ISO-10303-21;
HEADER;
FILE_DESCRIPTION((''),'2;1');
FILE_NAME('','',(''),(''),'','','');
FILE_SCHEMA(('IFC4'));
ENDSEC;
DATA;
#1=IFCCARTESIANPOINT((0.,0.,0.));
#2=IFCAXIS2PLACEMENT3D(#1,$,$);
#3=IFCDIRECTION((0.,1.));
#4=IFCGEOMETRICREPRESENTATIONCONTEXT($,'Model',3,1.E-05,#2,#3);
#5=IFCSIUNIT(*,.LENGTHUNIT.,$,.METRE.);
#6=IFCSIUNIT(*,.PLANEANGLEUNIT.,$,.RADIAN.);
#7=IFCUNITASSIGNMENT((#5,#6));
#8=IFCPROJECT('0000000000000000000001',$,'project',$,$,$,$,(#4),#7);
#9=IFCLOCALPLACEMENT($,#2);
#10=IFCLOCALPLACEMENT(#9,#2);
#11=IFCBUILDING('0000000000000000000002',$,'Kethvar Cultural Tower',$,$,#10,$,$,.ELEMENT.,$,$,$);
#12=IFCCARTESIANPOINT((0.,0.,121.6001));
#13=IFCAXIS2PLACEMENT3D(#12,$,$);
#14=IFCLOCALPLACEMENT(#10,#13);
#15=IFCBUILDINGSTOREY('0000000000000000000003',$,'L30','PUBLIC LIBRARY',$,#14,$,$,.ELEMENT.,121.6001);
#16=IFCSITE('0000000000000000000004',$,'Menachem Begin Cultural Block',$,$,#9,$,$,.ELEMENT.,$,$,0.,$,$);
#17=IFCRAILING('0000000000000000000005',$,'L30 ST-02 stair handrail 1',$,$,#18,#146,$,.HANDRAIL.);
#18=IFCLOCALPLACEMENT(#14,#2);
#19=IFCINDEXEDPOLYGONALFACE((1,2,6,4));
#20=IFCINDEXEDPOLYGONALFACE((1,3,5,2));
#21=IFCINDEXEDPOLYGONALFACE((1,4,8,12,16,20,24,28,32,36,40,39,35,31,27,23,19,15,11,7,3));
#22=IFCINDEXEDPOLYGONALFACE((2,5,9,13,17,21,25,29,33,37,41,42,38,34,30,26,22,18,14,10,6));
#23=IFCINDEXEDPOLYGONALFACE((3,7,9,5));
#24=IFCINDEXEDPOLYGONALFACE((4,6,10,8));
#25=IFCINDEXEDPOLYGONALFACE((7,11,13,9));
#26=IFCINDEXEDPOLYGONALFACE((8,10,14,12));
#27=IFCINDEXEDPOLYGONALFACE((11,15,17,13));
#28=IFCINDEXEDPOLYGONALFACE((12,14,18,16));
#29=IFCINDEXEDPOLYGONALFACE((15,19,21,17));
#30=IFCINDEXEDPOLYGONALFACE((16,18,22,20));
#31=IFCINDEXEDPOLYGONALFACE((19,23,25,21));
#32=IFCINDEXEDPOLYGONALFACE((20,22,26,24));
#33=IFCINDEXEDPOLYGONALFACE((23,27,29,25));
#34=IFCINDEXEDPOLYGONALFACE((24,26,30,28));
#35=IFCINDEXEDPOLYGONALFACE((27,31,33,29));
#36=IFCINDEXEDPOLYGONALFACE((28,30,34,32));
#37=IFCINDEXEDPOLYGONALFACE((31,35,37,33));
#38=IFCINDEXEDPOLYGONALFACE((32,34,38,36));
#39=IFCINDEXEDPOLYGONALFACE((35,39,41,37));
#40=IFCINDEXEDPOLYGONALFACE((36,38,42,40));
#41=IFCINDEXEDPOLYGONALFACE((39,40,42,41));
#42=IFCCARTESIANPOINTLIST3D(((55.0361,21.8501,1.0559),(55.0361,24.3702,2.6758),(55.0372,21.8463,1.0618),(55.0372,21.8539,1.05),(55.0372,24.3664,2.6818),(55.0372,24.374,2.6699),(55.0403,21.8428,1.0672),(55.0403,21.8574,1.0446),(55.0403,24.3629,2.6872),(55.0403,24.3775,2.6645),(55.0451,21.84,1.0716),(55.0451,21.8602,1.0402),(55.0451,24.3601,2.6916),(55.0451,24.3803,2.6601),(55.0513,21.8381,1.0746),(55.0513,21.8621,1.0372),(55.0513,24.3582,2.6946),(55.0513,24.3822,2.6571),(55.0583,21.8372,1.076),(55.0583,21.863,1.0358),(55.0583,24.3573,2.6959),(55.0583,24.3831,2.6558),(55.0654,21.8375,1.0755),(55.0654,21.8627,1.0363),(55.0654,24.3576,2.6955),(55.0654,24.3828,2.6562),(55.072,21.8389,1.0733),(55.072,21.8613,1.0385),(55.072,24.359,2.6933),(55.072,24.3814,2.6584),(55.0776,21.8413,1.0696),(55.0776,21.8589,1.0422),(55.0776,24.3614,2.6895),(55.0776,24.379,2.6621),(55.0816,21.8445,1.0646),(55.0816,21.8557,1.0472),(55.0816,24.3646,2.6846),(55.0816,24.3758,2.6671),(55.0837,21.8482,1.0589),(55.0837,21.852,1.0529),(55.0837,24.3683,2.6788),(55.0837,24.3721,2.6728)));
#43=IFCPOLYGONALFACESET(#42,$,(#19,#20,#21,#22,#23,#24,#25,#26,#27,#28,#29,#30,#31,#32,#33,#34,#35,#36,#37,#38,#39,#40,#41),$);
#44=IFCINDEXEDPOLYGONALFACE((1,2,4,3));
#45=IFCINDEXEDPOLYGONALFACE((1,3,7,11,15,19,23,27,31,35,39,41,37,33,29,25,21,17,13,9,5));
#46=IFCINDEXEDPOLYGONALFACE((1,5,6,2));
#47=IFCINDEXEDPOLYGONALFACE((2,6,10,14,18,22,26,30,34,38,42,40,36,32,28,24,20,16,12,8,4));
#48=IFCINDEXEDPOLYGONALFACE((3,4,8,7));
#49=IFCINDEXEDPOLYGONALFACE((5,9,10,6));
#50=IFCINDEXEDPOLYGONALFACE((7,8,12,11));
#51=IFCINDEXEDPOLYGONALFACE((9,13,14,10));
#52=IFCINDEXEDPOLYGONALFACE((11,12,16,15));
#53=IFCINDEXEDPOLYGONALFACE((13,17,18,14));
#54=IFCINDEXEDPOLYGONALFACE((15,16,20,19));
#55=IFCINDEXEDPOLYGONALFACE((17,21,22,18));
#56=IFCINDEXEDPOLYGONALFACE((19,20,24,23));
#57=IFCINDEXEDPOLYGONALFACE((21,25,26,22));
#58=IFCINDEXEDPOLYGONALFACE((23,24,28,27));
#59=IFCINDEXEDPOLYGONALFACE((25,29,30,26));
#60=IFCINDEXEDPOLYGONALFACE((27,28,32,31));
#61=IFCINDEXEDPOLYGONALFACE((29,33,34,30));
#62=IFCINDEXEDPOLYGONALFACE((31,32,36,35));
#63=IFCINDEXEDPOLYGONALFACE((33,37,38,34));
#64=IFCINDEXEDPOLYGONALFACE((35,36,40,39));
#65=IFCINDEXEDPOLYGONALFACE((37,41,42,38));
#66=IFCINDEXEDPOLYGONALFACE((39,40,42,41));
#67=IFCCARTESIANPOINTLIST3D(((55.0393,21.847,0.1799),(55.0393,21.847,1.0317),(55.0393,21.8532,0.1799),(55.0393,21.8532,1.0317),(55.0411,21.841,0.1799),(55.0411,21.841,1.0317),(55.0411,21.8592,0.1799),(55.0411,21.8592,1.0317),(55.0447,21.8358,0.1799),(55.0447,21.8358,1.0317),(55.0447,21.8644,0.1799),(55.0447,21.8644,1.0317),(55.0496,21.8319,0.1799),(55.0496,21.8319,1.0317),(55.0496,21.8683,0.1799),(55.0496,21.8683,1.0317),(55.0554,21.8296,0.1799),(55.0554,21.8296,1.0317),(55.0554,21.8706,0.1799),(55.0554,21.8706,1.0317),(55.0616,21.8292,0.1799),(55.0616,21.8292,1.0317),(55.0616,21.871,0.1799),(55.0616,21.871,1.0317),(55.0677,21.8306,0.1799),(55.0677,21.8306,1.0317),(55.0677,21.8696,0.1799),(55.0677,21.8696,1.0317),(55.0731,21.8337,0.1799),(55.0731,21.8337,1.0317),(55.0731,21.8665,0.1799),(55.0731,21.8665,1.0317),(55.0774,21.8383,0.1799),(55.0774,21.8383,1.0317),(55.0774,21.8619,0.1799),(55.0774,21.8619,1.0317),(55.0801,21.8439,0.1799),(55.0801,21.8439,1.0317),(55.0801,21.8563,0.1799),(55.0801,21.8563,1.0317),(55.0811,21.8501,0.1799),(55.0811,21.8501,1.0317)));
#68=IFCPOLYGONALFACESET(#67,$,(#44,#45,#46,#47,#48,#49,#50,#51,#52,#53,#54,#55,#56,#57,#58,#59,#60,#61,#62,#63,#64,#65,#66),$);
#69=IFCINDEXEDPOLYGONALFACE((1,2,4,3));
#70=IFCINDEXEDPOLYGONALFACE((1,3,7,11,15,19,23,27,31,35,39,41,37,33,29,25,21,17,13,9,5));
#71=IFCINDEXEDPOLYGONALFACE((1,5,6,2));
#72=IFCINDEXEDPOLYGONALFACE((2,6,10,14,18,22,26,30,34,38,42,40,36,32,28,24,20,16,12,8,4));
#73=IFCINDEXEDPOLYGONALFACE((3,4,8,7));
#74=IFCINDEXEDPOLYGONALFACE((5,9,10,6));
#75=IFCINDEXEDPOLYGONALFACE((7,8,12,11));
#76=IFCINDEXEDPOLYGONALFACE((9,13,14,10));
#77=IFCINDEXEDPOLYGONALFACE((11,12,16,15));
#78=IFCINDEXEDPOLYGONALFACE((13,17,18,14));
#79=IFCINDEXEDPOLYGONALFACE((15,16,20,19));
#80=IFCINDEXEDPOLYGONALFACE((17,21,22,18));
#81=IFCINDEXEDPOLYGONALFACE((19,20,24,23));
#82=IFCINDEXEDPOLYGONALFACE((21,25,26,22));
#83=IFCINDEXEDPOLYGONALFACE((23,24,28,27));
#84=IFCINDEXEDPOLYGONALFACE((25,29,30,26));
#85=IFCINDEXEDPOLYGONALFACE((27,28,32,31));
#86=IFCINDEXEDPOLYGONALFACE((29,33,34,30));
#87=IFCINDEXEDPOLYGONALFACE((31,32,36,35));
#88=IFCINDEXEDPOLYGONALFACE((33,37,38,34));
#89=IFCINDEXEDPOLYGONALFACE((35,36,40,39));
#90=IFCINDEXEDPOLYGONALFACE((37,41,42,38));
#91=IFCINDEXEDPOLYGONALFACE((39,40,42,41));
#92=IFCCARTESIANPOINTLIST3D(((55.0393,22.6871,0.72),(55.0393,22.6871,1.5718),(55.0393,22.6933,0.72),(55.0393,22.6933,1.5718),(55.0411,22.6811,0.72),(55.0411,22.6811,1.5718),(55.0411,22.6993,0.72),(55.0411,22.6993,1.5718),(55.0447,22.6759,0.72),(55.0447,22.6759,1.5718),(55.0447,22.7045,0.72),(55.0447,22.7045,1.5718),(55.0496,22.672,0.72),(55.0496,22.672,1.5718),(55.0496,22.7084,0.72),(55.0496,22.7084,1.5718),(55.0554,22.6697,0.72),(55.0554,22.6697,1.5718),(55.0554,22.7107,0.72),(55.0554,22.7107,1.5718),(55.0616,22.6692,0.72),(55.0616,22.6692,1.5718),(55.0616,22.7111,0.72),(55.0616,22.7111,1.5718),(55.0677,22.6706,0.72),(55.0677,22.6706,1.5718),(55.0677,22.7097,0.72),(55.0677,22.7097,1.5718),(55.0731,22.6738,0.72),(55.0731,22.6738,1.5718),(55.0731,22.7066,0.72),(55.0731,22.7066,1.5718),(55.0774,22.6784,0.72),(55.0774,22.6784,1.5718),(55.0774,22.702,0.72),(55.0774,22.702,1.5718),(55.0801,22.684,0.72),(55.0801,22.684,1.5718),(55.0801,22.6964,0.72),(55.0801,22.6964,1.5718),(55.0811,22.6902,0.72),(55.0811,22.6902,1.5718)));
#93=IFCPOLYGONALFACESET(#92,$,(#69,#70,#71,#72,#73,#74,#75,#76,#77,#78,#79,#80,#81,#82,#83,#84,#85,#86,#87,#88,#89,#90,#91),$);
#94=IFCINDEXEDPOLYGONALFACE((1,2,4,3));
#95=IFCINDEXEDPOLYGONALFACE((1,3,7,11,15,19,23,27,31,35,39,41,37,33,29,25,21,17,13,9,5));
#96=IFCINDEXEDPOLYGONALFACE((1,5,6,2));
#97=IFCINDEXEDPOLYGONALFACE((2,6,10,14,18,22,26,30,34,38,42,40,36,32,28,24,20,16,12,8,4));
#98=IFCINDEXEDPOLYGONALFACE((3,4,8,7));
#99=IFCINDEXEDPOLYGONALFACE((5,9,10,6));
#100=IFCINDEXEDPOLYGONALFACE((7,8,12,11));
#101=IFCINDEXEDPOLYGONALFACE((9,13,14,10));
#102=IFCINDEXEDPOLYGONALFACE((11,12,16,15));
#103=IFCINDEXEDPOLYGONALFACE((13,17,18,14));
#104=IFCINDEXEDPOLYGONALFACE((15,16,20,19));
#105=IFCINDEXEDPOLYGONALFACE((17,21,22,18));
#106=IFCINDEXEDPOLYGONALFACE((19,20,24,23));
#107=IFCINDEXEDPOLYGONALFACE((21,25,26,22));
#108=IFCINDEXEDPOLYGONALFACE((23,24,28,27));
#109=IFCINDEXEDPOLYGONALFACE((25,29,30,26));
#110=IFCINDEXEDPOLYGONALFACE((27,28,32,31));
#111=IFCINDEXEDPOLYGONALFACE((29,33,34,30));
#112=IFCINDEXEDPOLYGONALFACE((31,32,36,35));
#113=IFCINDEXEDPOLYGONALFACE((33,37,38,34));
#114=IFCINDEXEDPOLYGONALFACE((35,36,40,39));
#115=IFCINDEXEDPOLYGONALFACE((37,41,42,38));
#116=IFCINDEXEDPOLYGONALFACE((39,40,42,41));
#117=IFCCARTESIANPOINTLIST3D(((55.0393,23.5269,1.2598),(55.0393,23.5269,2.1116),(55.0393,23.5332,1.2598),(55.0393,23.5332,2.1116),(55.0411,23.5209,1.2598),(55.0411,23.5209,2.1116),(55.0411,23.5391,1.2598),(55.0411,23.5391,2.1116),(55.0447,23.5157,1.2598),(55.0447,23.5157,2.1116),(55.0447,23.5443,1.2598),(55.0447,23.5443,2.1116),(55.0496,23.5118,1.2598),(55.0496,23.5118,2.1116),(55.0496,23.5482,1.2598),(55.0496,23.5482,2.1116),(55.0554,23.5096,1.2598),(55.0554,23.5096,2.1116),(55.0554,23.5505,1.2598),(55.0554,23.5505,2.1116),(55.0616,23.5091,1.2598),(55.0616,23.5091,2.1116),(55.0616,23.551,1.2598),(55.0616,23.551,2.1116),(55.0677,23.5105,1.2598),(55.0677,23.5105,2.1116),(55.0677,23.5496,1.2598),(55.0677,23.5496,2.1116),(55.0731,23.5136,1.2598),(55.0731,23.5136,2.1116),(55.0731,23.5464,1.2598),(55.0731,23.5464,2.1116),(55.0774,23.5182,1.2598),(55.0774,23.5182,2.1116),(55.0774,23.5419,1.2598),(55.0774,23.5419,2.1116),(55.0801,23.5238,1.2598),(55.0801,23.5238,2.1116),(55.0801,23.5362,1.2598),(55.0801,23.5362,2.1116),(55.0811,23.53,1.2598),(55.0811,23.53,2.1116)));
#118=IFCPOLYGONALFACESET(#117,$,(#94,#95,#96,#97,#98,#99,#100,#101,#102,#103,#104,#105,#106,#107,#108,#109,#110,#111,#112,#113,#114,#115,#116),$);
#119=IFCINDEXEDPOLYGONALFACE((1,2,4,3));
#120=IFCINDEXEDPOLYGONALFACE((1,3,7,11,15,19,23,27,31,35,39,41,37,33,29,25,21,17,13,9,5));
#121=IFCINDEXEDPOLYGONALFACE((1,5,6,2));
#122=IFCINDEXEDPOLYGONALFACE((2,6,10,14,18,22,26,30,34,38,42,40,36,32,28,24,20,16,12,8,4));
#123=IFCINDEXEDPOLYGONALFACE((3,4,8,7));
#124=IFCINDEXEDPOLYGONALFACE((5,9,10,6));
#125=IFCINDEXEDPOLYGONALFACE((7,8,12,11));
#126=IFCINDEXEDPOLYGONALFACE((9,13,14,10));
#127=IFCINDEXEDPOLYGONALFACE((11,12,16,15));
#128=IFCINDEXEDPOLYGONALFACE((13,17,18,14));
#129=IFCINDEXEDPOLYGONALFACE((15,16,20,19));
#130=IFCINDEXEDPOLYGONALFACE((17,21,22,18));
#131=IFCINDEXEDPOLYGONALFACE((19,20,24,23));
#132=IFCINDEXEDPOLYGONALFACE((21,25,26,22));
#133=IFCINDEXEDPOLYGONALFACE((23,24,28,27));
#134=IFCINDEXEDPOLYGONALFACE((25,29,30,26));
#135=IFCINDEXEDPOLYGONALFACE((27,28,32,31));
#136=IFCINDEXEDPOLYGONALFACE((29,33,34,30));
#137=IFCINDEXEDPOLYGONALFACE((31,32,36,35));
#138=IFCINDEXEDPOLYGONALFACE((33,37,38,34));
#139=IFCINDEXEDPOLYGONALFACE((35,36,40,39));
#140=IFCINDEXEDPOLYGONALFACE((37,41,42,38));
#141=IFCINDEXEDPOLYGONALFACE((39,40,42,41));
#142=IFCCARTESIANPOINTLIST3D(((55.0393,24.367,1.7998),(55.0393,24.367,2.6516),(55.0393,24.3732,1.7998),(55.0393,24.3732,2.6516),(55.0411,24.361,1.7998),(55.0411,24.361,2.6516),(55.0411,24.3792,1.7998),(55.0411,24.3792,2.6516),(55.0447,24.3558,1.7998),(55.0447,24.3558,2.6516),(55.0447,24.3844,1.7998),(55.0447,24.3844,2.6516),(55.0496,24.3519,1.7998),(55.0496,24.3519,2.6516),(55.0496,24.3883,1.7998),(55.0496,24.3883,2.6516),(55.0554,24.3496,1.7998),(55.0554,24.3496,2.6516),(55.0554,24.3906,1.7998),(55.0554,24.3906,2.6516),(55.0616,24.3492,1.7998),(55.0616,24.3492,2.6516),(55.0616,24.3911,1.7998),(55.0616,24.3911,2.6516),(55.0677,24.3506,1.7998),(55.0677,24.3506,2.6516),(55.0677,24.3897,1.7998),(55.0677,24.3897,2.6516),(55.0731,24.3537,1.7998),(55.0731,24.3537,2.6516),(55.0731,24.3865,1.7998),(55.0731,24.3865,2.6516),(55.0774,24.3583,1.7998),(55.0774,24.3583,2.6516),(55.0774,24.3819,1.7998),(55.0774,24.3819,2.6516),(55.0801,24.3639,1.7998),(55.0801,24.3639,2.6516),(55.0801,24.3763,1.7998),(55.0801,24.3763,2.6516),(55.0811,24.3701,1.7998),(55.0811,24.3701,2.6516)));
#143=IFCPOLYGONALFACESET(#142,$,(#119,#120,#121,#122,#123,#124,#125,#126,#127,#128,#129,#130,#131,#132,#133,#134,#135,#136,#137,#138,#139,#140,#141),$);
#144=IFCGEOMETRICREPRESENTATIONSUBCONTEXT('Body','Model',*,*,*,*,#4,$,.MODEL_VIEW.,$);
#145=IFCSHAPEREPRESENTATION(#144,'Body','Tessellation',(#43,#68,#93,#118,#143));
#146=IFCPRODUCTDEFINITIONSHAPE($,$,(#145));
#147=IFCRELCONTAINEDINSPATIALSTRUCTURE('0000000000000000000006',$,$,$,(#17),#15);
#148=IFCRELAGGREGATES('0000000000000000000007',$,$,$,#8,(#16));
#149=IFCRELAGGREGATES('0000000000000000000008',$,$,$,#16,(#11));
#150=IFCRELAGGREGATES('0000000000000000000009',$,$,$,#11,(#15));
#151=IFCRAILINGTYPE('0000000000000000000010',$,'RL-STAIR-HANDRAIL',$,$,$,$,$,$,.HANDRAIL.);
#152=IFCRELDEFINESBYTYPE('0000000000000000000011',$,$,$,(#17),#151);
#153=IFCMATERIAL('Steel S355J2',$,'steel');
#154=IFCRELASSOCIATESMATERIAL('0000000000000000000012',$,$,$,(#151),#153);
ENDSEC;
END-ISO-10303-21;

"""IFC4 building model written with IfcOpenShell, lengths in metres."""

from ifc_helpers import new_model, si_unit, direction, frame, origin, origin_2d, place, context, subcontext, project, spatial, circle, extrude, material, type_object, element, save


model = new_model("IFC4")

# Units and contexts
model_context = context("Model", 3, precision=1e-05, world=origin(), true_north=direction((0.0, 1.0)))
body_context = subcontext(model_context, "Body", "Model", "MODEL_VIEW")
ifc_project = project(units=[si_unit("LENGTHUNIT", "METRE"), si_unit("PLANEANGLEUNIT", "RADIAN")], contexts=[model_context])

# Site, building, storey
site_placement = place(None, origin())
site = spatial("IfcSite", under=ifc_project, at=site_placement, Name="Menachem Begin Cultural Block", CompositionType="ELEMENT", RefElevation=0.0)
building_placement = place(site_placement, origin())
building = spatial("IfcBuilding", under=site, at=building_placement, Name="Kethvar Cultural Tower", CompositionType="ELEMENT")
storey_placement = place(building_placement, frame((0.0, 0.0, 121.6001)))
storey = spatial("IfcBuildingStorey", under=building, at=storey_placement, Name="L30", Description="PUBLIC LIBRARY", CompositionType="ELEMENT", Elevation=121.6001)

# Shared definitions
ifc_material_1 = material(Name="Steel S355J2", Category="steel")

# Railing
railing_type_1 = type_object("IfcRailingType", Name="RL-STAIR-HANDRAIL", PredefinedType="HANDRAIL", material=ifc_material_1)
railing_1_placement = place(storey_placement, frame((55.0601, 21.8501, 0.1799)))
element("IfcRailing", 1, at=railing_1_placement, inside=storey, type_object=railing_type_1, Name="L30 ST-02 stair handrail 1", PredefinedType="HANDRAIL", context=body_context, shape_type="SweptSolid", body=[
    extrude(circle(Radius=0.0239, at=origin_2d()), frame((0.0, 0.0, 0.876), z_axis=(0.0, 0.8412, 0.540725), x_axis=(-1.0, 0.0, 0.0)), (0.0, 0.0, 1.0), 2.9958),
    extrude(circle(Radius=0.021, at=origin_2d()), origin(), (0.0, 0.0, 1.0), 0.8518),
    extrude(circle(Radius=0.021, at=origin_2d()), frame((0.0, 0.8401, 0.54)), (0.0, 0.0, 1.0), 0.8518),
    extrude(circle(Radius=0.021, at=origin_2d()), frame((0.0, 1.6799, 1.0798)), (0.0, 0.0, 1.0), 0.8518),
    extrude(circle(Radius=0.021, at=origin_2d()), frame((0.0, 2.52, 1.6199)), (0.0, 0.0, 1.0), 0.8518),
])

save(model, "model.ifc")
